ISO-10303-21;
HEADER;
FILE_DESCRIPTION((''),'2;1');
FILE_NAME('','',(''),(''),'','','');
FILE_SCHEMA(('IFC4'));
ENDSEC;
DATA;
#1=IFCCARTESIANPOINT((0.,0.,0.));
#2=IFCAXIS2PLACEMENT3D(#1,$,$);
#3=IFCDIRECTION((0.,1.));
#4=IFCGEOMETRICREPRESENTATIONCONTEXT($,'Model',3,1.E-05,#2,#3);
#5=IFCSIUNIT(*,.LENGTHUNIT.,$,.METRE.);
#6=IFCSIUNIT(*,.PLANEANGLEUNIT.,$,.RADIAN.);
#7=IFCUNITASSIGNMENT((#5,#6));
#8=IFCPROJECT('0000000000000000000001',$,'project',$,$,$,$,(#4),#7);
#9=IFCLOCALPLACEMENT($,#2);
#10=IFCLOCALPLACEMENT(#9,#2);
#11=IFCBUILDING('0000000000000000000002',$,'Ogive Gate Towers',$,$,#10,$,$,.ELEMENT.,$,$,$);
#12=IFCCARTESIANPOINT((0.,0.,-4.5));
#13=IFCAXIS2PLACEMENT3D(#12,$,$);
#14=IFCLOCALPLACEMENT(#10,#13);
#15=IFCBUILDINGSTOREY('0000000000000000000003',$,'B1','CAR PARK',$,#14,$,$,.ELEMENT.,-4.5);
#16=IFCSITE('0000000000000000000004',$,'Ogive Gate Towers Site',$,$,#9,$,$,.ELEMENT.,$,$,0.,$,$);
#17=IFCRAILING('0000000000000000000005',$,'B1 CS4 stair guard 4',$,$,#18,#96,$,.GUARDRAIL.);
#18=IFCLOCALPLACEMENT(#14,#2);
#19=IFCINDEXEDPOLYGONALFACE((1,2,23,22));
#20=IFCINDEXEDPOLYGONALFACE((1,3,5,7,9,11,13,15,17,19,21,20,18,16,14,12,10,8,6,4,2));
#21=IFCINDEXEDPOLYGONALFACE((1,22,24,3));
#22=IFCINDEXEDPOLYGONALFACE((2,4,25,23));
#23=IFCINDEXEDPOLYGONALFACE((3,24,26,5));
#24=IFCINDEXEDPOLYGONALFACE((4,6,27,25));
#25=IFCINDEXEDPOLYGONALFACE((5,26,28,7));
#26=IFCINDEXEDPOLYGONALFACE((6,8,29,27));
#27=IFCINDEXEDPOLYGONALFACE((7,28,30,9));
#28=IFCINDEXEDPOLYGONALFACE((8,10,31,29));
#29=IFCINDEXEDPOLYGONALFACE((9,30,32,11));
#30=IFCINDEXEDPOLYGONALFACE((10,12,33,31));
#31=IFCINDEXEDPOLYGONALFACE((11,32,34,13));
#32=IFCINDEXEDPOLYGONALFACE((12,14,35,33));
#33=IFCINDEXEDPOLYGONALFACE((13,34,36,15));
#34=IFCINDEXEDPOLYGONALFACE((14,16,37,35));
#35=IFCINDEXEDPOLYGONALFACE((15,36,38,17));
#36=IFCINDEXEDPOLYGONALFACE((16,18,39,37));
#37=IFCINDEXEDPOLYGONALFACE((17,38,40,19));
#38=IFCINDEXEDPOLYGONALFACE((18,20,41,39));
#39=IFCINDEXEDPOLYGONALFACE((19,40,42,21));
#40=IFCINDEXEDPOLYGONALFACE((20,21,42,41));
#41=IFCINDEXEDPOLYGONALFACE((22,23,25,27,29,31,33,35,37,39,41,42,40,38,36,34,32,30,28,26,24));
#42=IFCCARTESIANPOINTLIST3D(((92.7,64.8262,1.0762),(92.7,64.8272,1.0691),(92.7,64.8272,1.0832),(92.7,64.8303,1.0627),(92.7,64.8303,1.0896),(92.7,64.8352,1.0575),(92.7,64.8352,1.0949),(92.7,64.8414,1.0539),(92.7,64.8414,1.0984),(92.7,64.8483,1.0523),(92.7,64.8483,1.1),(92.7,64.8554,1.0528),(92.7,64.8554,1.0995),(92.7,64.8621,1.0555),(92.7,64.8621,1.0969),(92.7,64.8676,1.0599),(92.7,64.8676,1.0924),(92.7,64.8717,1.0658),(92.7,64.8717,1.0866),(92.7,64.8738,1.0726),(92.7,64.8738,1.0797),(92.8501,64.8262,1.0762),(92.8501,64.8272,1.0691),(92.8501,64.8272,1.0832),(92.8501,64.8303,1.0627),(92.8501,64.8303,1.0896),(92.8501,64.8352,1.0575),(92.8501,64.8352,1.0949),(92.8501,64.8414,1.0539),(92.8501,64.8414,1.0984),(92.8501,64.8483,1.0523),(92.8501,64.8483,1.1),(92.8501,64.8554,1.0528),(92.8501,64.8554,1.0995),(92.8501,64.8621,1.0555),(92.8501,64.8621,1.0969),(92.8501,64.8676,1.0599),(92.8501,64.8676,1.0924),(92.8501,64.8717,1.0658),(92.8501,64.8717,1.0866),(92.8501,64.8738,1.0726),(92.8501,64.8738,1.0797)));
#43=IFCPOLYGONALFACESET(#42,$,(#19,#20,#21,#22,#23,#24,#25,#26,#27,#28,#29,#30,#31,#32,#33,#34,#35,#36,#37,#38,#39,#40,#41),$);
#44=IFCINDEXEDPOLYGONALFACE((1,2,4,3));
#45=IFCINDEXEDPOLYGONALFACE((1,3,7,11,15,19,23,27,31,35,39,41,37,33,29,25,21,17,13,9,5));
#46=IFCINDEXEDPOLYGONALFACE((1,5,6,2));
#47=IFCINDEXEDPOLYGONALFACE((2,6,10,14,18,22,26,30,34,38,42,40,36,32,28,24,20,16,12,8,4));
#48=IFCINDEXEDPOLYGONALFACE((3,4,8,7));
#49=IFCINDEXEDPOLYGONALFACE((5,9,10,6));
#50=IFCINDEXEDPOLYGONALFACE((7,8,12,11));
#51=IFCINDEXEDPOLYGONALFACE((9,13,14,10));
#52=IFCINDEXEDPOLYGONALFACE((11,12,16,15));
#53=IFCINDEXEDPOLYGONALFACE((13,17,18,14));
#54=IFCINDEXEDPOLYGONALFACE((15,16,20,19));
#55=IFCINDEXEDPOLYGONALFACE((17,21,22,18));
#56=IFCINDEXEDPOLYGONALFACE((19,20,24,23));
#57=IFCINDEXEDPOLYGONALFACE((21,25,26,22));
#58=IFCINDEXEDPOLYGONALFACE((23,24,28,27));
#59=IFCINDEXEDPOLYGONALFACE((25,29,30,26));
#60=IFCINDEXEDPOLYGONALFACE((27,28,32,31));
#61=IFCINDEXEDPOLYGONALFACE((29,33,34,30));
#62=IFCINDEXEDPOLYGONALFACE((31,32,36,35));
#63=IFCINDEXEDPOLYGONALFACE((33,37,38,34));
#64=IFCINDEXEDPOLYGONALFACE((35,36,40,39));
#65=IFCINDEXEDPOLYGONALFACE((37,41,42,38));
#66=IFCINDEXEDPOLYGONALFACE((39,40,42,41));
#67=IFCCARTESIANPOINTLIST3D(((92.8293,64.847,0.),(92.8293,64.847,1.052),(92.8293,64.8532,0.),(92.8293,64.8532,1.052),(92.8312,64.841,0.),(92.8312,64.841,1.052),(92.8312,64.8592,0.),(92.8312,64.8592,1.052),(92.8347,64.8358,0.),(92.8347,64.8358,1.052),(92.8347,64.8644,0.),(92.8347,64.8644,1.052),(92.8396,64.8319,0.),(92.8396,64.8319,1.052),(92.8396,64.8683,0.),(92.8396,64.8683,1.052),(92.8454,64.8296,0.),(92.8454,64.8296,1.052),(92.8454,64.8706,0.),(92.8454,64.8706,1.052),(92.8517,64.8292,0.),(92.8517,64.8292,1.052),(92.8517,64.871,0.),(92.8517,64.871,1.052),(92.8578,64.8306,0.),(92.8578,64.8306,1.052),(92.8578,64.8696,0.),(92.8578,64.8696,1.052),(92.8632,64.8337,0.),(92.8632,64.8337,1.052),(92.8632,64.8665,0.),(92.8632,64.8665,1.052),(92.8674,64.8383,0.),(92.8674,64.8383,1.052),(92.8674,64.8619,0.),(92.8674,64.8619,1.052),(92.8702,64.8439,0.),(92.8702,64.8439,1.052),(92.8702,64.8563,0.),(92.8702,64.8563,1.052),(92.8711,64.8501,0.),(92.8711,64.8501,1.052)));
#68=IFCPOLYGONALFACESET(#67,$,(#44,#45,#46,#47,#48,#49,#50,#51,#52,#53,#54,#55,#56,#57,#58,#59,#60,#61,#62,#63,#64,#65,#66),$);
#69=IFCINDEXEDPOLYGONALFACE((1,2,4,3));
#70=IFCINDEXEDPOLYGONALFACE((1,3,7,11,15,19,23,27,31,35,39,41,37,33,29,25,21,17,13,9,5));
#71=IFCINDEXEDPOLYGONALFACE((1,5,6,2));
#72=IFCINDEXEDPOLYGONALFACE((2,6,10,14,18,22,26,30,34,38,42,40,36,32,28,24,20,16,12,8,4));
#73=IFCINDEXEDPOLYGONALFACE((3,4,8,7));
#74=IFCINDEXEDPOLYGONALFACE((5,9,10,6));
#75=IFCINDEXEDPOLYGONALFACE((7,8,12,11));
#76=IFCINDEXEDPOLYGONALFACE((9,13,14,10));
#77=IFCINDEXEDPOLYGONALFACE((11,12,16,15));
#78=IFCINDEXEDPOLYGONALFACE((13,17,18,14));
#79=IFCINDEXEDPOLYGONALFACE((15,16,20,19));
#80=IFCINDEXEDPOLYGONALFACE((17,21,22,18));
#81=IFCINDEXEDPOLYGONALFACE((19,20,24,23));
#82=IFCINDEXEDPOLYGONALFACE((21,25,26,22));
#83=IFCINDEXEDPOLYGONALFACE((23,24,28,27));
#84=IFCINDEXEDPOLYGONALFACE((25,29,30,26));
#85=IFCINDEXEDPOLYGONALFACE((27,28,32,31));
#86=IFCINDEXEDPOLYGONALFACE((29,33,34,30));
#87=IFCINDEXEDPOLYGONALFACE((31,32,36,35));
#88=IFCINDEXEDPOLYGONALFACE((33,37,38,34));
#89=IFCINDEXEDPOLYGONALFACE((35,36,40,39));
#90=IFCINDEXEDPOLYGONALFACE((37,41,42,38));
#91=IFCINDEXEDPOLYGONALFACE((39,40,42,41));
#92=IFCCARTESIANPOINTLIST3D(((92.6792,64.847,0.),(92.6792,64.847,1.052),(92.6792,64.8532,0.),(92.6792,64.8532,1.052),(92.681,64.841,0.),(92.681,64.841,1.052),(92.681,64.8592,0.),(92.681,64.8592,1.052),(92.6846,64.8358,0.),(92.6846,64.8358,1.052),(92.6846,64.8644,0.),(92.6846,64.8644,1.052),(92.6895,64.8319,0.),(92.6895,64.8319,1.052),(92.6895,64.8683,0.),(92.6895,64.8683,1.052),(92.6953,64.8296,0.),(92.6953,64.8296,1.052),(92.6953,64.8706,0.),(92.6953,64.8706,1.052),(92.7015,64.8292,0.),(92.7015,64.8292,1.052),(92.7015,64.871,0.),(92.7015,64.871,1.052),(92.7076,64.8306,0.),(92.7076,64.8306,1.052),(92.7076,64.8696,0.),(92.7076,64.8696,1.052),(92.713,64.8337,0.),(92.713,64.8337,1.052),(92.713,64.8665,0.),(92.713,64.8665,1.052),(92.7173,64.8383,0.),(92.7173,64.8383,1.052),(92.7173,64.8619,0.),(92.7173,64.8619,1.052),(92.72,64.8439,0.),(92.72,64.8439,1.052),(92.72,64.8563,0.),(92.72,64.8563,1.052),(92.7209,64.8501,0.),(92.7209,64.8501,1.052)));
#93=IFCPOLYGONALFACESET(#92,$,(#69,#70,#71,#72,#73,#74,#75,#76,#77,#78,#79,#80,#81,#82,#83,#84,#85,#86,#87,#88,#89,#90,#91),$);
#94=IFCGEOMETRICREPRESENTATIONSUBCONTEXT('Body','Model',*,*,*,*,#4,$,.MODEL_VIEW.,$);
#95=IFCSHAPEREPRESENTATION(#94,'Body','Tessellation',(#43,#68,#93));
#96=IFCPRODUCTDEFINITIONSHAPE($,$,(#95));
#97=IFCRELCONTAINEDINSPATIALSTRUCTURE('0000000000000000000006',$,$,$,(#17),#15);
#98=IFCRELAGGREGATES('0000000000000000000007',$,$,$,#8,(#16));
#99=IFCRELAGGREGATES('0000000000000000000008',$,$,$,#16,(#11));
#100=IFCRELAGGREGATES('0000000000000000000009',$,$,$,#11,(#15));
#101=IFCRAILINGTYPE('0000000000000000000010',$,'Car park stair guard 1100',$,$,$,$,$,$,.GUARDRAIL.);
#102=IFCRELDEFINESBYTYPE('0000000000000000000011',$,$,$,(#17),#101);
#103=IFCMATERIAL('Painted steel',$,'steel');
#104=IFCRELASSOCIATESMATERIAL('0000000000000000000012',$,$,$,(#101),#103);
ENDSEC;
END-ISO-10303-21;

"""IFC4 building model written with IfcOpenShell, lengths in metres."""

from ifc_helpers import new_model, si_unit, direction, frame, origin, origin_2d, place, context, subcontext, project, spatial, circle, extrude, material, type_object, element, save


model = new_model("IFC4")

# Units and contexts
model_context = context("Model", 3, precision=1e-05, world=origin(), true_north=direction((0.0, 1.0)))
body_context = subcontext(model_context, "Body", "Model", "MODEL_VIEW")
ifc_project = project(units=[si_unit("LENGTHUNIT", "METRE"), si_unit("PLANEANGLEUNIT", "RADIAN")], contexts=[model_context])

# Site, building, storey
site_placement = place(None, origin())
site = spatial("IfcSite", under=ifc_project, at=site_placement, Name="Ogive Gate Towers Site", CompositionType="ELEMENT", RefElevation=0.0)
building_placement = place(site_placement, origin())
building = spatial("IfcBuilding", under=site, at=building_placement, Name="Ogive Gate Towers", CompositionType="ELEMENT")
storey_placement = place(building_placement, frame((0.0, 0.0, -4.5)))
storey = spatial("IfcBuildingStorey", under=building, at=storey_placement, Name="B1", Description="CAR PARK", CompositionType="ELEMENT", Elevation=-4.5)

# Railing
ifc_material_1 = material(Name="Painted steel", Category="steel")
railing_type_1 = type_object("IfcRailingType", Name="Car park stair guard 1100", PredefinedType="GUARDRAIL", material=ifc_material_1)
railing_1_placement = place(storey_placement, frame((92.8501, 64.8501, 0.0)))
element("IfcRailing", 1, at=railing_1_placement, inside=storey, type_object=railing_type_1, Name="B1 CS4 stair guard 4", PredefinedType="GUARDRAIL", context=body_context, shape_type="SweptSolid", body=[
    extrude(circle(Radius=0.0239, at=origin_2d()), frame((0.0, 0.0, 1.0762), z_axis=(-1.0, 0.0, 0.0), x_axis=(0.0, -1.0, 0.0)), (0.0, 0.0, 1.0), 0.1501),
    extrude(circle(Radius=0.021, at=origin_2d()), origin(), (0.0, 0.0, 1.0), 1.052),
    extrude(circle(Radius=0.021, at=origin_2d()), frame((-0.1501, 0.0, 0.0)), (0.0, 0.0, 1.0), 1.052),
])

save(model, "model.ifc")
